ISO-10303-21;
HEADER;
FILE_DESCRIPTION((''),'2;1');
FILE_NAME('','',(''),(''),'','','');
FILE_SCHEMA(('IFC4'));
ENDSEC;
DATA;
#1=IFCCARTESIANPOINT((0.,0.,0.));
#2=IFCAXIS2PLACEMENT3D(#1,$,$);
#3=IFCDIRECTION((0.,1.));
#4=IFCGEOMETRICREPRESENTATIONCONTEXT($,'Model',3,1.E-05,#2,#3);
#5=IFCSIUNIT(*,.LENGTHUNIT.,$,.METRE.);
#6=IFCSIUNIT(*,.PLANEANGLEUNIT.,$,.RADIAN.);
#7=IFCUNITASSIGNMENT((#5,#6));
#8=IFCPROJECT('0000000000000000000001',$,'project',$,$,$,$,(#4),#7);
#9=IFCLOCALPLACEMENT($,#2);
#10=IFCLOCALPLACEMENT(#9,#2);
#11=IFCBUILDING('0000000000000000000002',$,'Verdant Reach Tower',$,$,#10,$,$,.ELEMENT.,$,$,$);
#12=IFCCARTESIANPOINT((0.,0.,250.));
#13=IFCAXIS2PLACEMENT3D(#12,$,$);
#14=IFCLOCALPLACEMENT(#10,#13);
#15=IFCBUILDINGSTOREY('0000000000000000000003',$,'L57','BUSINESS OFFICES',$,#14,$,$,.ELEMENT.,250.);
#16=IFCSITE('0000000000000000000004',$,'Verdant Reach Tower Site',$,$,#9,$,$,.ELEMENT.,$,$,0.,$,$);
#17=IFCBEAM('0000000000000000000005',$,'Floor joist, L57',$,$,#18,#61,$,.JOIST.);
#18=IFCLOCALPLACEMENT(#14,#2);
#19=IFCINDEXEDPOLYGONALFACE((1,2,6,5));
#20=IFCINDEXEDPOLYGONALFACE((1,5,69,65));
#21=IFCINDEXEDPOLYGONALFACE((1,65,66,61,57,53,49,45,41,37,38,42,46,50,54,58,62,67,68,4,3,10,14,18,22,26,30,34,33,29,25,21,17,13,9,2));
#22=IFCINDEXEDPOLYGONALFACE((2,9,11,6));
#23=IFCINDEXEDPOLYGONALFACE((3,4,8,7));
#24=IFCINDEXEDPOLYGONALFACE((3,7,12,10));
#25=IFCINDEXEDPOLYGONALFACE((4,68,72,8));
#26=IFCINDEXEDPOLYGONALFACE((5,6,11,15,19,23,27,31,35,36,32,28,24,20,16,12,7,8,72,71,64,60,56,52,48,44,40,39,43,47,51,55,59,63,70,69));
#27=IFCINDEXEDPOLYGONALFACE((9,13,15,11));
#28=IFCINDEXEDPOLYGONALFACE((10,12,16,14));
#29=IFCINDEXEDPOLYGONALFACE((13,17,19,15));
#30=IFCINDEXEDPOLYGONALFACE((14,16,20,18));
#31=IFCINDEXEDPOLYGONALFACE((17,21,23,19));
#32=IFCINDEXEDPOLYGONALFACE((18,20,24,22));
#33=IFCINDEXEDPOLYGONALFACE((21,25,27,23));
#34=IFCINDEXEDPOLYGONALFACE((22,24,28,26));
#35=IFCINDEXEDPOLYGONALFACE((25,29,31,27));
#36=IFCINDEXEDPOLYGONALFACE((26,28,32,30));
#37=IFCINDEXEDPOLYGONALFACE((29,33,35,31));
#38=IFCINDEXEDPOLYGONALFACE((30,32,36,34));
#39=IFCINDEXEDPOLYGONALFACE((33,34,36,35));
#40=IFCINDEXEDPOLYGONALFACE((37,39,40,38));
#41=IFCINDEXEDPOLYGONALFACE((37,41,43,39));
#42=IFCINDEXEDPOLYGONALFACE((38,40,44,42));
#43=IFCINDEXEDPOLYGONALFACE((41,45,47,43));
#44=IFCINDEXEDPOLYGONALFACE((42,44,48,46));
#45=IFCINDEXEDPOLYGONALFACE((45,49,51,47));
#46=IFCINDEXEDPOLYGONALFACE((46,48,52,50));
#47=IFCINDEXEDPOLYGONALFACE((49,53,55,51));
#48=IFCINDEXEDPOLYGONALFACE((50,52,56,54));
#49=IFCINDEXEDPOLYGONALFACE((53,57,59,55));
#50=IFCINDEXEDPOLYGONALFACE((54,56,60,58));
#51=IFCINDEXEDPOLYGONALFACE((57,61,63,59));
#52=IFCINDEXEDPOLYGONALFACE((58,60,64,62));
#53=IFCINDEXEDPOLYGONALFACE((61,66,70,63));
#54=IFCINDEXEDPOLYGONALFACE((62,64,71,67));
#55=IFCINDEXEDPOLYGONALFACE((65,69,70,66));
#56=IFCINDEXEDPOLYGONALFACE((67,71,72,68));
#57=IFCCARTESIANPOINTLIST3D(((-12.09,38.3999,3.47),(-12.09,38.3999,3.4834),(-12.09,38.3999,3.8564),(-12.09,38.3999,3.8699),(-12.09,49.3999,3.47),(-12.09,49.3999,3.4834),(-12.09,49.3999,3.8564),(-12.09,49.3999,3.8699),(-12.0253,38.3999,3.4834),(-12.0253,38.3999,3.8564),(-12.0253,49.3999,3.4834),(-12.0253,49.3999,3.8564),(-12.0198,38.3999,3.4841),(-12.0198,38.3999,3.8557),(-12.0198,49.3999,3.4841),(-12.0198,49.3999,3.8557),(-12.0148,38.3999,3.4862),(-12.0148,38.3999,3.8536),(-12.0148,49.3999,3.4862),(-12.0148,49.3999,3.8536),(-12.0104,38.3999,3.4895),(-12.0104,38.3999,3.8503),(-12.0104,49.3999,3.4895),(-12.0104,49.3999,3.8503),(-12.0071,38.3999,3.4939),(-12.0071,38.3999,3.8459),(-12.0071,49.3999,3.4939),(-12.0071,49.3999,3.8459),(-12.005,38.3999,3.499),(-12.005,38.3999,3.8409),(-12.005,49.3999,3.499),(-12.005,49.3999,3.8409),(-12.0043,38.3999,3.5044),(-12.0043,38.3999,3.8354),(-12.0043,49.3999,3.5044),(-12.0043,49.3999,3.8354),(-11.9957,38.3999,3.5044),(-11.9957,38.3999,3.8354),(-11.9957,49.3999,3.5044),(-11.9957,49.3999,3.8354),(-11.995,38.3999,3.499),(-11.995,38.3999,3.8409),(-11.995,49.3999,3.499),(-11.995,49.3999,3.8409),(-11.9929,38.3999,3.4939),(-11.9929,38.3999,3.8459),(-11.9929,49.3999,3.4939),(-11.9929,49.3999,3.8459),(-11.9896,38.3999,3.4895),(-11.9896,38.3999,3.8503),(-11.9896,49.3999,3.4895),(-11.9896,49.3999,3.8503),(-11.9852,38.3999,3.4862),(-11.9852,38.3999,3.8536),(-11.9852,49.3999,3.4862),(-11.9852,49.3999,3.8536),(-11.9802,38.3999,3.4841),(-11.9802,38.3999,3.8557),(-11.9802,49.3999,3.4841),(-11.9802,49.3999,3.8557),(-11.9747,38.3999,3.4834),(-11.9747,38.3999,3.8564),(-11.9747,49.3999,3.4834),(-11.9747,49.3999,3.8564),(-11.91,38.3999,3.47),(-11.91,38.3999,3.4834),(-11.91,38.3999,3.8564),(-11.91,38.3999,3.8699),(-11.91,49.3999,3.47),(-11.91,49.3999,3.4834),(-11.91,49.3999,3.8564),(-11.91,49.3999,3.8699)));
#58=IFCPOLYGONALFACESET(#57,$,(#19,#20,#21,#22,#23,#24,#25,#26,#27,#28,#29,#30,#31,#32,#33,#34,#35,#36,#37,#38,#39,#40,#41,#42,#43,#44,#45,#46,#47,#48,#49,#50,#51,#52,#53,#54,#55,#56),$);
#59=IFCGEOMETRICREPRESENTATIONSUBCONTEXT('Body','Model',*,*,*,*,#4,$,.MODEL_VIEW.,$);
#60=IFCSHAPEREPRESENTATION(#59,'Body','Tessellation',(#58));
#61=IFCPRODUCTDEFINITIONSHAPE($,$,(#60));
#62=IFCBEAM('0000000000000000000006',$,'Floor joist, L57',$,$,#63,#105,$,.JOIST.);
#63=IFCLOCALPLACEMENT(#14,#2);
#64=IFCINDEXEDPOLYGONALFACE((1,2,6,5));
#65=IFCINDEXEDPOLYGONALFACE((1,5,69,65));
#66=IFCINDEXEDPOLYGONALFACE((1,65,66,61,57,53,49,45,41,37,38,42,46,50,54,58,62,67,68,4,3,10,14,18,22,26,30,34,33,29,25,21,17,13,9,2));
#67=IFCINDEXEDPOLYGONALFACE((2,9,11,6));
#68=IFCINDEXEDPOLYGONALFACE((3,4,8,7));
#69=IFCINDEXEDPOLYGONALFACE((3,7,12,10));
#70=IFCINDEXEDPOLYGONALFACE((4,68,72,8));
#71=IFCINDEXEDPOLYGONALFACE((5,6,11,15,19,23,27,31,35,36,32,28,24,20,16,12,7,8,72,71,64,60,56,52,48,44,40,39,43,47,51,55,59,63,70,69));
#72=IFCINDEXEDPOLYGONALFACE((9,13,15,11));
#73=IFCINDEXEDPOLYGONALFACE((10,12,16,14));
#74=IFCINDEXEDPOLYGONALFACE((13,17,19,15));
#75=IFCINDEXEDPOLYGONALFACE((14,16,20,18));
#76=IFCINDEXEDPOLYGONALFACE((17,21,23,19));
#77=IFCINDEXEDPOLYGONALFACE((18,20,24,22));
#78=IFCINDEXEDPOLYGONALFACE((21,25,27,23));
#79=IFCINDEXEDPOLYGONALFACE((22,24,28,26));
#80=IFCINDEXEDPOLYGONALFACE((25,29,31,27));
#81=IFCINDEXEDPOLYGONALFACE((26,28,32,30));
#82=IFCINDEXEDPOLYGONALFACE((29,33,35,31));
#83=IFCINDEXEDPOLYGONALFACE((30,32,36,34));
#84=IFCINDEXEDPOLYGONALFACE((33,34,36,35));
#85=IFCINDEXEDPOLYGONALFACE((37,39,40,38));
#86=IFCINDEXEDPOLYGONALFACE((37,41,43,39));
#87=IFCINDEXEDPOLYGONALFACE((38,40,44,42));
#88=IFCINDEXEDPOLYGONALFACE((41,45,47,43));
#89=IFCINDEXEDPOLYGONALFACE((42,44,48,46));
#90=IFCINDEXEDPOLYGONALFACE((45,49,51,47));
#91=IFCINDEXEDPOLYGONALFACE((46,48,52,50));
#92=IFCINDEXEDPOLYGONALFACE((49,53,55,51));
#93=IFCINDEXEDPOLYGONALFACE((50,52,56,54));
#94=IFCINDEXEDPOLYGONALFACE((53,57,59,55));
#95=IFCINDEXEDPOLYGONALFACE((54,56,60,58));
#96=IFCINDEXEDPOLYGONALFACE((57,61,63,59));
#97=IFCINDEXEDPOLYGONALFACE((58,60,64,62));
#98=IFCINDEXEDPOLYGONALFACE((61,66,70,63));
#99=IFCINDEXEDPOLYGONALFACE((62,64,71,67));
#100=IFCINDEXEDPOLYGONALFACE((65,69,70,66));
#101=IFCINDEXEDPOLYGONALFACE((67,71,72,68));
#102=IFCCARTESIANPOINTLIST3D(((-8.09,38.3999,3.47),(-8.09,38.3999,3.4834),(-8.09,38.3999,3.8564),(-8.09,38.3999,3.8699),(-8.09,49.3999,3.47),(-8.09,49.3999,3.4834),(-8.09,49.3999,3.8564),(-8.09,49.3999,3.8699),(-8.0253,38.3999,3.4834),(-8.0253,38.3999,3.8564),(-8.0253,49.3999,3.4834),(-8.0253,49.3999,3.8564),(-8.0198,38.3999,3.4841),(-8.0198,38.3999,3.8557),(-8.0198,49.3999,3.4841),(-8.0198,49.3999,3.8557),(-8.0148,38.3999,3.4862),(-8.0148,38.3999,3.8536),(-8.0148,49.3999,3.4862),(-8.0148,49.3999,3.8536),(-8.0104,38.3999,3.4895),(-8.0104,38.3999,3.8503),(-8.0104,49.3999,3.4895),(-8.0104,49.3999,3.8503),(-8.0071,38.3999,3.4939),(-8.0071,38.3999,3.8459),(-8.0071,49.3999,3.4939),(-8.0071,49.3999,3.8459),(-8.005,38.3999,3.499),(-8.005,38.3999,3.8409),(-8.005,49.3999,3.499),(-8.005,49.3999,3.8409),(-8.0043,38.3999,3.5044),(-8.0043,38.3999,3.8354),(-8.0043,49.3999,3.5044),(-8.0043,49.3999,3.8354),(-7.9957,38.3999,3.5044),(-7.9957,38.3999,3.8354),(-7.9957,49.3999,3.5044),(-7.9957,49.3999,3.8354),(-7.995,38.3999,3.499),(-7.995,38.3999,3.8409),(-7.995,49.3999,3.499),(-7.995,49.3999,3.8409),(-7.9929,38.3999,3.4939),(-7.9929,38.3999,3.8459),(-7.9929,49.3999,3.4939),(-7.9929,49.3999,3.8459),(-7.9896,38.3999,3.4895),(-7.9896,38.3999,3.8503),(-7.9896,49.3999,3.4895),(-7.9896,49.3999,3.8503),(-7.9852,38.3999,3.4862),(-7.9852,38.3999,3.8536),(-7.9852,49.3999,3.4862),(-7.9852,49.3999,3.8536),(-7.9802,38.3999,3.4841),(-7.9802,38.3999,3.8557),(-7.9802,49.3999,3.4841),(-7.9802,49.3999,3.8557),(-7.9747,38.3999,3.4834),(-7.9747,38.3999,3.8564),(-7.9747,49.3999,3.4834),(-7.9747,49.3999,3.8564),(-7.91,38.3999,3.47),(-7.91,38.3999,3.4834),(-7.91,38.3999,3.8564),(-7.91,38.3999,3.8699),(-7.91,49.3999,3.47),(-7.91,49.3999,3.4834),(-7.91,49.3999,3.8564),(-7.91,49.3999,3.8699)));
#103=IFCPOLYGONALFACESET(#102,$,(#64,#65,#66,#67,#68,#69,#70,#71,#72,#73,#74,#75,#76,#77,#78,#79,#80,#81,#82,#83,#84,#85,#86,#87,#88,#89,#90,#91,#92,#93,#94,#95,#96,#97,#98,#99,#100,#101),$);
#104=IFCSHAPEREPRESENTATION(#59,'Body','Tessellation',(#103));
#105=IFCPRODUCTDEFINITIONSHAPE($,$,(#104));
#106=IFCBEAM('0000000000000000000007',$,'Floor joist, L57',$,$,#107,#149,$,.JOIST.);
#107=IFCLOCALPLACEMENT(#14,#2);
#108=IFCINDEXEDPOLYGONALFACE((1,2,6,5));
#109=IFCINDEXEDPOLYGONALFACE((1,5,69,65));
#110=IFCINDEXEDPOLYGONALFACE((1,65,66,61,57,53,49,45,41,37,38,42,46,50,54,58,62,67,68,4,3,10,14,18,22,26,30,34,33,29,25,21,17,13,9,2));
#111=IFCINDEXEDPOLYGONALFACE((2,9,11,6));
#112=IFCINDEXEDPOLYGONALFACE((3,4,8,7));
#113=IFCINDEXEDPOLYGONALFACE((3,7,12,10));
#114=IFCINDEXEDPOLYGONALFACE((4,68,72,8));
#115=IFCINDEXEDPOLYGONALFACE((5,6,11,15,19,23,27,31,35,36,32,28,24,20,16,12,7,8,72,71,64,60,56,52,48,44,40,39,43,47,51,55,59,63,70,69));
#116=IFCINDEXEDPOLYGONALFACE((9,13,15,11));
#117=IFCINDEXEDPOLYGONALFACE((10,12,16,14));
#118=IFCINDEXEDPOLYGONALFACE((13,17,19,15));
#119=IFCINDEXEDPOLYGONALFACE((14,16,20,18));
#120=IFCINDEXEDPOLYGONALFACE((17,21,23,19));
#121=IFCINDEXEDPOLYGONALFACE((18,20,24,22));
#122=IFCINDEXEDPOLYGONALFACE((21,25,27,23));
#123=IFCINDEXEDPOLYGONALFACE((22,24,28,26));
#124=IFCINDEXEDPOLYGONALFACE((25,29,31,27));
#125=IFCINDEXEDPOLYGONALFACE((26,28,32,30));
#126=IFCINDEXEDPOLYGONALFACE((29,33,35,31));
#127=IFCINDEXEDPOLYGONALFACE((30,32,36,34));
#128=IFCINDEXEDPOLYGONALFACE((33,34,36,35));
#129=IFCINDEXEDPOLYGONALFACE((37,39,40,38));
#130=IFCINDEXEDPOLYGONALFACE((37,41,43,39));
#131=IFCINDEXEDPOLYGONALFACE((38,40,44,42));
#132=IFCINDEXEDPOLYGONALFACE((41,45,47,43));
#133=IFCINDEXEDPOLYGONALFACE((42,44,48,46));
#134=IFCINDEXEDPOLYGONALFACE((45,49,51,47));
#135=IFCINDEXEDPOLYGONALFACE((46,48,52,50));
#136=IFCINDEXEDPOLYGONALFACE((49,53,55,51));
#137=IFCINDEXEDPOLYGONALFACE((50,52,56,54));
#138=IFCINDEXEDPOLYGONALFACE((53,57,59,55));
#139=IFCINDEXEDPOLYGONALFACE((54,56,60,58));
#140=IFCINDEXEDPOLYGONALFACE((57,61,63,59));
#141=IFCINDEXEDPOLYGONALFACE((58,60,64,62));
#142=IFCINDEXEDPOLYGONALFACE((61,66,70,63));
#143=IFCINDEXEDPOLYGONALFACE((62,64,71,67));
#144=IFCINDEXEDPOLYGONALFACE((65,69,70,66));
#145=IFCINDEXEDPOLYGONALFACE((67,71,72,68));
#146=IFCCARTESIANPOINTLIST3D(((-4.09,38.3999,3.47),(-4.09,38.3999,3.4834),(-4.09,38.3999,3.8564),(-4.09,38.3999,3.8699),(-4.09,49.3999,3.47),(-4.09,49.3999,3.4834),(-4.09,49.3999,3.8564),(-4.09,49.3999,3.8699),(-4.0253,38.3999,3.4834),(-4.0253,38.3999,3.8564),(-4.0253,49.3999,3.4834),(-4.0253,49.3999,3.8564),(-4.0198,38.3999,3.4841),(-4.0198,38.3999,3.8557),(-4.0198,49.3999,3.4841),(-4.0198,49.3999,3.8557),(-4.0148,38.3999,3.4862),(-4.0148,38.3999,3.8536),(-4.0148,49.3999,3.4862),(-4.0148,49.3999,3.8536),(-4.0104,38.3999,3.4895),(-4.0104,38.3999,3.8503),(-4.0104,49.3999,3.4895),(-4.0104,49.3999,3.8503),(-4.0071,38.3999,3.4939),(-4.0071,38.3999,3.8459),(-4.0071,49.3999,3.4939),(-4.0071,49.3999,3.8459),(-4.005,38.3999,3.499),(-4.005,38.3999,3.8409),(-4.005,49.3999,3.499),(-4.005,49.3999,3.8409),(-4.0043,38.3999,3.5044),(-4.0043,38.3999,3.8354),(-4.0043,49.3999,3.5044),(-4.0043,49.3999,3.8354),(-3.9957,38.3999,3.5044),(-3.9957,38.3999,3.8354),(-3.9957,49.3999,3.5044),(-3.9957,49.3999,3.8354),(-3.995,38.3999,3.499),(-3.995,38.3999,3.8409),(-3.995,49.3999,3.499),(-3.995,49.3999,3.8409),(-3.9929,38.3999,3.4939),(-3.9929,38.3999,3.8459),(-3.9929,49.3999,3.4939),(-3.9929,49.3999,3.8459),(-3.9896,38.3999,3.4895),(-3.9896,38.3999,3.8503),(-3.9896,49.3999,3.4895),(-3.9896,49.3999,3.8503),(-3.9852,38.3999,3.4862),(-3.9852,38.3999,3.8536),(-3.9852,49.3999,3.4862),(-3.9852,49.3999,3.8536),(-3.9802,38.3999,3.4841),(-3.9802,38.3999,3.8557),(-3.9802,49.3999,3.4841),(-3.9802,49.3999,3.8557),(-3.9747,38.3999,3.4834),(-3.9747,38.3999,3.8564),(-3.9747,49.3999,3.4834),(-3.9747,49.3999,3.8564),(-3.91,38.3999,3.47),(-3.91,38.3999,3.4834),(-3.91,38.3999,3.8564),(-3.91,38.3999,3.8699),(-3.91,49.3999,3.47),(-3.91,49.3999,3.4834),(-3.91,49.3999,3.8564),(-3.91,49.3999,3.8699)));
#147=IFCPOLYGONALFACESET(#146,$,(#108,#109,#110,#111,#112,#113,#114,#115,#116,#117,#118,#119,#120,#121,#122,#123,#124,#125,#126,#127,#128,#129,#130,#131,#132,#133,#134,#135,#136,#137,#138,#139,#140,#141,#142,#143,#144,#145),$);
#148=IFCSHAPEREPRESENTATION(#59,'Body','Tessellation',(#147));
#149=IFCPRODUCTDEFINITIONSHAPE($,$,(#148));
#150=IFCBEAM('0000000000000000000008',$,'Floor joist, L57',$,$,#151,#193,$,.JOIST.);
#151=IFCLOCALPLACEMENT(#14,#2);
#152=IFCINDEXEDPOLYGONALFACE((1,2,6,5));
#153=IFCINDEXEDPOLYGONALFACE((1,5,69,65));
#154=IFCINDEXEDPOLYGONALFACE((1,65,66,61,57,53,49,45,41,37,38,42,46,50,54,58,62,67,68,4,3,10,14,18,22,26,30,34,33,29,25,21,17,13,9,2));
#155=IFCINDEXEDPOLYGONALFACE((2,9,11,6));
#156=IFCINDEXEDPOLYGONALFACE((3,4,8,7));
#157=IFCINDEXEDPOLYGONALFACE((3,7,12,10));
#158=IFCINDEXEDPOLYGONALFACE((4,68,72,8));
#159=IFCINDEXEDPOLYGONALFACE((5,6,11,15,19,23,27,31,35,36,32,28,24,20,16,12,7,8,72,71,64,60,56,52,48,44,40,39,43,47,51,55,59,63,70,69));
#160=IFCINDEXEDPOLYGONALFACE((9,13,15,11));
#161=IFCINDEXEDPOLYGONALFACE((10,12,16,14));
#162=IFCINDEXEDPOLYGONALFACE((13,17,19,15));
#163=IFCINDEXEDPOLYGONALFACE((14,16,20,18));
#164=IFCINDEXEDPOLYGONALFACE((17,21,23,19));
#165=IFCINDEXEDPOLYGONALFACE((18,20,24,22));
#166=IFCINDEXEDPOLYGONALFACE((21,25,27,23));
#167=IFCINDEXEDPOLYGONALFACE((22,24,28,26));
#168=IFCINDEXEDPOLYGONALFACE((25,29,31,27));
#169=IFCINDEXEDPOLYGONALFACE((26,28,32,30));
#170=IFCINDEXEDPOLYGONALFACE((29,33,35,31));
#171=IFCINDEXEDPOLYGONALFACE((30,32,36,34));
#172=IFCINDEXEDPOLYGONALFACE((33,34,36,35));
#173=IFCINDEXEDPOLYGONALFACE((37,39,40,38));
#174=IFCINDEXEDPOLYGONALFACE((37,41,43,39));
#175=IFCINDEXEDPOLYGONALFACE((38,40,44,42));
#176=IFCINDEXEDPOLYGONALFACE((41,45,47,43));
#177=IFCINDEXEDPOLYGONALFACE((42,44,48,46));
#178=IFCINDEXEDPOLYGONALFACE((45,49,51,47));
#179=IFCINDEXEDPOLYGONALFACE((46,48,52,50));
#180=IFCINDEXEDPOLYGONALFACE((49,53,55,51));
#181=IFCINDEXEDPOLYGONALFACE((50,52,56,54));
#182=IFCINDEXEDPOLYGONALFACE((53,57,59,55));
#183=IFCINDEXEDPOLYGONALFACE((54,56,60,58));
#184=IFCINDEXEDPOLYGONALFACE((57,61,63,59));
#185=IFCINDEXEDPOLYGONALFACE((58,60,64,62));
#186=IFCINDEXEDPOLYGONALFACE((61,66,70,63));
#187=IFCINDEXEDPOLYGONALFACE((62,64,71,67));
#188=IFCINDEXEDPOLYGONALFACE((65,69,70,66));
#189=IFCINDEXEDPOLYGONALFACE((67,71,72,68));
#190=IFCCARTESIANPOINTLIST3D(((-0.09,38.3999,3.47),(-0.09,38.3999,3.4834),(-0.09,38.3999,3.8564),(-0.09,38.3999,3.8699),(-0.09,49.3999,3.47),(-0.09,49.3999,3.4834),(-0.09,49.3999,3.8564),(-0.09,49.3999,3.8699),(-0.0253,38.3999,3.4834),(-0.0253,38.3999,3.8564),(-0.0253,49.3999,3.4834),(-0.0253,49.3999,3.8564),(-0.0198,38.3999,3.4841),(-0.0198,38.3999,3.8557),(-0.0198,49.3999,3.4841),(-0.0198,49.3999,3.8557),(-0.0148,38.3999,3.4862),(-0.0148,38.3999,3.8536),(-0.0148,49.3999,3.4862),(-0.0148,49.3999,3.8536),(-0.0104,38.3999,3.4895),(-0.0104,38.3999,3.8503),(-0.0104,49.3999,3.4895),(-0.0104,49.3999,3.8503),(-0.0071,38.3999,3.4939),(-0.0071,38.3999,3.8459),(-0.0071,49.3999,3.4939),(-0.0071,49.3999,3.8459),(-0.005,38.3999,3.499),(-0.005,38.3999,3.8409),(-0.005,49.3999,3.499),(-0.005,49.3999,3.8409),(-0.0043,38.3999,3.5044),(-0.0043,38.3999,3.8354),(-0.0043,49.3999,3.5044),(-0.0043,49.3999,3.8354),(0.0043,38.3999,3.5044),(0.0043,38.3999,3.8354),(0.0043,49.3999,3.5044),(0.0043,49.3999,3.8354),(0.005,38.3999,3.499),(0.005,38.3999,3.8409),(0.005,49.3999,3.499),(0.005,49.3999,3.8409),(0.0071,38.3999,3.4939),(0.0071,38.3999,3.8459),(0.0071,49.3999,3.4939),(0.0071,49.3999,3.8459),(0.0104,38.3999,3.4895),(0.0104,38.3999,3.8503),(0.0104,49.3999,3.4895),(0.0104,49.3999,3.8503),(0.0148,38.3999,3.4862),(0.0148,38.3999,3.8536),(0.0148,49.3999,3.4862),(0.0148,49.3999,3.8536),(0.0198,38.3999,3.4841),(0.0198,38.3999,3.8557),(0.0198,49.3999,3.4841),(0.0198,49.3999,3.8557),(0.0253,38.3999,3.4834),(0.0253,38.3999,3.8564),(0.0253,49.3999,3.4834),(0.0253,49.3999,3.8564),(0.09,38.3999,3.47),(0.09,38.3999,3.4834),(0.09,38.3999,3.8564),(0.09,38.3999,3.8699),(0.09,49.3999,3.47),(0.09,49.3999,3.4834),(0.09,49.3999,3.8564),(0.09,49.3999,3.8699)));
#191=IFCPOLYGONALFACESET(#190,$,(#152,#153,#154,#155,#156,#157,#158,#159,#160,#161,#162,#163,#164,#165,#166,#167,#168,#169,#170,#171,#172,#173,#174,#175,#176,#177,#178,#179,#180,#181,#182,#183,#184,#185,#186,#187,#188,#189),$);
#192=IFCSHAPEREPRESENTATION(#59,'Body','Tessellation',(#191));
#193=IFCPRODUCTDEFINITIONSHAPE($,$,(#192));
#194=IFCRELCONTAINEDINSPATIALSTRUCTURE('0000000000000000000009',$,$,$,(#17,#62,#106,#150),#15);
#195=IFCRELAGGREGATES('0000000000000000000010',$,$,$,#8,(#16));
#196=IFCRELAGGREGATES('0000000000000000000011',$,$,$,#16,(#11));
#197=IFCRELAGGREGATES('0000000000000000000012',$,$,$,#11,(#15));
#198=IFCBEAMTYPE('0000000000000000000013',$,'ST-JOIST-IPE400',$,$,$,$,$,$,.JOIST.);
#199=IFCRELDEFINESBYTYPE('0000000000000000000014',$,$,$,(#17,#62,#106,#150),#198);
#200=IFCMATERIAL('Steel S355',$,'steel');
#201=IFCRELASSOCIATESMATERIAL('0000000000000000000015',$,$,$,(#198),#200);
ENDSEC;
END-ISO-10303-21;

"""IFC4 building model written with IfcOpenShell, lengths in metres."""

from ifc_helpers import new_model, si_unit, direction, frame, origin, origin_2d, place, context, subcontext, project, spatial, i_section, extrude, material, material_profile, profile_set, type_object, element, save


model = new_model("IFC4")

# Units and contexts
model_context = context("Model", 3, precision=1e-05, world=origin(), true_north=direction((0.0, 1.0)))
body_context = subcontext(model_context, "Body", "Model", "MODEL_VIEW")
ifc_project = project(units=[si_unit("LENGTHUNIT", "METRE"), si_unit("PLANEANGLEUNIT", "RADIAN")], contexts=[model_context])

# Site, building, storey
site_placement = place(None, origin())
site = spatial("IfcSite", under=ifc_project, at=site_placement, Name="Verdant Reach Tower Site", CompositionType="ELEMENT", RefElevation=0.0)
building_placement = place(site_placement, origin())
building = spatial("IfcBuilding", under=site, at=building_placement, Name="Verdant Reach Tower", CompositionType="ELEMENT")
storey_placement = place(building_placement, frame((0.0, 0.0, 250.0)))
storey = spatial("IfcBuildingStorey", under=building, at=storey_placement, Name="L57", Description="BUSINESS OFFICES", CompositionType="ELEMENT", Elevation=250.0)

# Beams
ifc_material_1 = material(Name="Steel S355", Category="steel")
ifc_material_profile_1 = material_profile(ifc_material_1, i_section(OverallWidth=0.1799, OverallDepth=0.3999, WebThickness=0.0085, FlangeThickness=0.0134, FilletRadius=0.021, at=origin_2d()), Name="IPE 400")
ifc_profile_set_1 = profile_set([ifc_material_profile_1], Name="Steel S355")
beam_type_1 = type_object("IfcBeamType", Name="ST-JOIST-IPE400", PredefinedType="JOIST", material=ifc_profile_set_1)
for number, where, z_axis, x_axis, name in (
    (1, (-12.0, 38.3999, 3.6699), (0.0, 1.0, 0.0), (-1.0, 0.0, 0.0), "Floor joist, L57"),
    (2, (-8.0, 38.3999, 3.6699), (0.0, 1.0, 0.0), (-1.0, 0.0, 0.0), "Floor joist, L57"),
    (3, (-4.0, 38.3999, 3.6699), (0.0, 1.0, 0.0), (-1.0, 0.0, 0.0), "Floor joist, L57"),
    (4, (0.0, 38.3999, 3.6699), (0.0, 1.0, 0.0), (-1.0, 0.0, 0.0), "Floor joist, L57"),
):
    element("IfcBeam", number, at=place(storey_placement, frame(where, z_axis=z_axis, x_axis=x_axis)), inside=storey, type_object=beam_type_1, Name=name, PredefinedType="JOIST", context=body_context, shape_type="SweptSolid", body=[
        extrude(i_section(OverallWidth=0.1799, OverallDepth=0.3999, WebThickness=0.0085, FlangeThickness=0.0134, FilletRadius=0.021, at=origin_2d()), origin(), (0.0, 0.0, 1.0), 11.0),
    ])

save(model, "model.ifc")
